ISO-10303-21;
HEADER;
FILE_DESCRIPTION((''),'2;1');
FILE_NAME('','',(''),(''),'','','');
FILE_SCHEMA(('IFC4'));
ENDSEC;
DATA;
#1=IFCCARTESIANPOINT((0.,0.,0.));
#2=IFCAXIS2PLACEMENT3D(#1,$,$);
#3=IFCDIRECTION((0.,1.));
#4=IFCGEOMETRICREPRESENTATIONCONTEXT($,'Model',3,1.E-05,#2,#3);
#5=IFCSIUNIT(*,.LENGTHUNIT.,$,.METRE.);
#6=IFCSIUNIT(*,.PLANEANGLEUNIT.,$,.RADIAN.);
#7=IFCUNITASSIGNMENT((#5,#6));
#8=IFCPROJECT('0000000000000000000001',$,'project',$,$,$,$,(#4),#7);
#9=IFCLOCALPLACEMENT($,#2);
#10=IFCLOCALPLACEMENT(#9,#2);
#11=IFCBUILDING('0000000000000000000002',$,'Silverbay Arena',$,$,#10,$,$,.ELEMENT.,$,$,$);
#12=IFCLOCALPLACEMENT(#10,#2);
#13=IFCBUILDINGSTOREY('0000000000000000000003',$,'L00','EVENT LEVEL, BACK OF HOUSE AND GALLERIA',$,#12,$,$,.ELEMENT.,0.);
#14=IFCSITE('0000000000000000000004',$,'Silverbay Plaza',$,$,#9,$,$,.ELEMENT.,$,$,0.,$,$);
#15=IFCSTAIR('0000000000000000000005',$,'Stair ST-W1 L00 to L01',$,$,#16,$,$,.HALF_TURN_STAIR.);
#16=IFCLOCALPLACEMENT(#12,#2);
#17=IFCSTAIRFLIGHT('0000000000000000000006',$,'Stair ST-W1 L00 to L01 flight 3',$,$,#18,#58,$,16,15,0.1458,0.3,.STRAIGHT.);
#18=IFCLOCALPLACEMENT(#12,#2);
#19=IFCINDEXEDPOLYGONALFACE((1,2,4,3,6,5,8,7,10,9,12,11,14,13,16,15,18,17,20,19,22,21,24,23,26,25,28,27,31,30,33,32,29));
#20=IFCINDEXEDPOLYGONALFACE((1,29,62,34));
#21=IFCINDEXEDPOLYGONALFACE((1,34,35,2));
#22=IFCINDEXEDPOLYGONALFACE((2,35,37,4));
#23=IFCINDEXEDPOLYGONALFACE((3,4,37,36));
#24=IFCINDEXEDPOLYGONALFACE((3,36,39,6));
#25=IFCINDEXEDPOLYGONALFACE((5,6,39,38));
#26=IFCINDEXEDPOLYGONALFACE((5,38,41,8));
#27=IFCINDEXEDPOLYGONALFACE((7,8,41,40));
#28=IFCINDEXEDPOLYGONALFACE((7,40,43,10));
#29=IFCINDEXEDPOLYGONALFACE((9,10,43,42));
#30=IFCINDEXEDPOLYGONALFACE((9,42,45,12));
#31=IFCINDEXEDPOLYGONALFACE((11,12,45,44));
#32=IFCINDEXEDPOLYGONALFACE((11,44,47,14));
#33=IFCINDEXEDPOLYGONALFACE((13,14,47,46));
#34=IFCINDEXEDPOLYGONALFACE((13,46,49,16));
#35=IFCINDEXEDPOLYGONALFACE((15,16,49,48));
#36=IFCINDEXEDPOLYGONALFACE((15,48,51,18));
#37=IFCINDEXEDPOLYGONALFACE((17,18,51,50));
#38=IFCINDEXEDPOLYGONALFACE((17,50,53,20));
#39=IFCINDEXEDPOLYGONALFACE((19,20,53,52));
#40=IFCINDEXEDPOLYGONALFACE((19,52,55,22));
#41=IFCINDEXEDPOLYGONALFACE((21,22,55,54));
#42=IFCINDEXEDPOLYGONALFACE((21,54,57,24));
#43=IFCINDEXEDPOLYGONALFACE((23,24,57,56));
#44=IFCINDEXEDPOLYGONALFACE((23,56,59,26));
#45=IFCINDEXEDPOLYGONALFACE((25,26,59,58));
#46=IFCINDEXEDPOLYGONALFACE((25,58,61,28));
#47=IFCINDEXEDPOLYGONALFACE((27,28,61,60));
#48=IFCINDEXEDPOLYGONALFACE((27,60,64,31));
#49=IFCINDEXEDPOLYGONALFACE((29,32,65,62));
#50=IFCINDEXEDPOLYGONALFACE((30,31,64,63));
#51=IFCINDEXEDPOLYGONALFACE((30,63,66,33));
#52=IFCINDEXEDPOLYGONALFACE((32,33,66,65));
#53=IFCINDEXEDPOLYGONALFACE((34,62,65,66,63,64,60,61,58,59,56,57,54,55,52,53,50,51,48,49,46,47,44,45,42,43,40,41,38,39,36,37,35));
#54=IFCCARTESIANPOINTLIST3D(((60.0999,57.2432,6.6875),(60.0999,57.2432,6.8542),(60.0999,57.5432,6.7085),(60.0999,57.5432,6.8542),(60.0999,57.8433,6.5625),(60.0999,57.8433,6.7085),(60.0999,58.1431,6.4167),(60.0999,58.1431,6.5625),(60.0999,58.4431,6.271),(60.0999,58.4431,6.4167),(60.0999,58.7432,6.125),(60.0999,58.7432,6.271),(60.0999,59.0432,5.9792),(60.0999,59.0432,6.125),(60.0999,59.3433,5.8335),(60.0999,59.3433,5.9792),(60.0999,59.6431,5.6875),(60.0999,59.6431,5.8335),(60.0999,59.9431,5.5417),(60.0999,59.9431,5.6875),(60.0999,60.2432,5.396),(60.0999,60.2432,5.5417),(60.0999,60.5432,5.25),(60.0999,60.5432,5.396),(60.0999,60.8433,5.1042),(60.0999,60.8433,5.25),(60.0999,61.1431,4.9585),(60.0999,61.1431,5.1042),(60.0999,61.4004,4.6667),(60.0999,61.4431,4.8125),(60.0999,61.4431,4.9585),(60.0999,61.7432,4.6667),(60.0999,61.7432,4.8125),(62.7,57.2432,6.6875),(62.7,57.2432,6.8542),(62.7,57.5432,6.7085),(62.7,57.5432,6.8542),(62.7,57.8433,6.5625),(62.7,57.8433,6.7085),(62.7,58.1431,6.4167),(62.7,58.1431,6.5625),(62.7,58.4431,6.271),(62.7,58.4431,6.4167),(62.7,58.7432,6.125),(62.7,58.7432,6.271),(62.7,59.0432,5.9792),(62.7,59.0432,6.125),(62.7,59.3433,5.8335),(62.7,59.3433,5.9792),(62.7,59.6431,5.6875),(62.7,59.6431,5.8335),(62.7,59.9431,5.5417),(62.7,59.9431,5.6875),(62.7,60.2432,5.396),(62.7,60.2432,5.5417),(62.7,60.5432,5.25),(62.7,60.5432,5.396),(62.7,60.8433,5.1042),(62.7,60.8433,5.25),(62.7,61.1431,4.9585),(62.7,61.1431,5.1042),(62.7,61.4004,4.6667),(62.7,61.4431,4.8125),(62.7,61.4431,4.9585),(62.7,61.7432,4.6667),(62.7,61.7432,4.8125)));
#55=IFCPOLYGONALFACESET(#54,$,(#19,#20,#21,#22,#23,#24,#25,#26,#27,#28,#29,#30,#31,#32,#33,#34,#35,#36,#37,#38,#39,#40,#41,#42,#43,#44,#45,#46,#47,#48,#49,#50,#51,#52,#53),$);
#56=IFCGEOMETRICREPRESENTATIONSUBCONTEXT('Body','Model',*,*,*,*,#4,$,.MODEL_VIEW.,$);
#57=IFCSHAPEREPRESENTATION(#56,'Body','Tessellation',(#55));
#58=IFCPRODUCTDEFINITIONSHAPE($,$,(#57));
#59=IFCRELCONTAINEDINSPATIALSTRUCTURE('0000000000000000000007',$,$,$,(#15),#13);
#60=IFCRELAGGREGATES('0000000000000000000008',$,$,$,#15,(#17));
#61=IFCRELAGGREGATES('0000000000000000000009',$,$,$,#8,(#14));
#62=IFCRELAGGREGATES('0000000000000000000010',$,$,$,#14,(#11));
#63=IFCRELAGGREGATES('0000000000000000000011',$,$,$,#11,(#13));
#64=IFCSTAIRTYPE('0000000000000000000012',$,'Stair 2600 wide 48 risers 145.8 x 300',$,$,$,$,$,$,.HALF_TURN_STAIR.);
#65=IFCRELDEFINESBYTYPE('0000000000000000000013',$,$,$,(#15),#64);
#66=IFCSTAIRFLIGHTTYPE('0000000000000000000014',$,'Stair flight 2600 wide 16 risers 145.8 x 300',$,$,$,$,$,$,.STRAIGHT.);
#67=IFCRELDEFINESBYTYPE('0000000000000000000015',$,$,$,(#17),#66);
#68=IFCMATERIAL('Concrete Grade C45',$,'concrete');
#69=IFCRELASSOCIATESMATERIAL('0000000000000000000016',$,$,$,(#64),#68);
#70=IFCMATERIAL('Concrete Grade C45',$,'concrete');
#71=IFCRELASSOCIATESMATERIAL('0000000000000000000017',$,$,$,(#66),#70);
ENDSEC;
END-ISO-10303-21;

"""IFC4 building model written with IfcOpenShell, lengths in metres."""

from ifc_helpers import new_model, si_unit, direction, frame, origin, place, context, subcontext, project, spatial, polyline, outline, extrude, material, type_object, element, aggregate, save


model = new_model("IFC4")

# Units and contexts
model_context = context("Model", 3, precision=1e-05, world=origin(), true_north=direction((0.0, 1.0)))
body_context = subcontext(model_context, "Body", "Model", "MODEL_VIEW")
ifc_project = project(units=[si_unit("LENGTHUNIT", "METRE"), si_unit("PLANEANGLEUNIT", "RADIAN")], contexts=[model_context])

# Site, building, storey
site_placement = place(None, origin())
site = spatial("IfcSite", under=ifc_project, at=site_placement, Name="Silverbay Plaza", CompositionType="ELEMENT", RefElevation=0.0)
building_placement = place(site_placement, origin())
building = spatial("IfcBuilding", under=site, at=building_placement, Name="Silverbay Arena", CompositionType="ELEMENT")
storey_placement = place(building_placement, origin())
storey = spatial("IfcBuildingStorey", under=building, at=storey_placement, Name="L00", Description="EVENT LEVEL, BACK OF HOUSE AND GALLERIA", CompositionType="ELEMENT", Elevation=0.0)

# Stair, stair flight
ifc_material_1 = material(Name="Concrete Grade C45", Category="concrete")
stair_type = type_object("IfcStairType", Name="Stair 2600 wide 48 risers 145.8 x 300", PredefinedType="HALF_TURN_STAIR", material=ifc_material_1)
stair_placement = place(storey_placement, origin())
stair = element("IfcStair", 1, at=stair_placement, inside=storey, type_object=stair_type, Name="Stair ST-W1 L00 to L01", PredefinedType="HALF_TURN_STAIR")
ifc_material_2 = material(Name="Concrete Grade C45", Category="concrete")
stair_flight_type = type_object("IfcStairFlightType", Name="Stair flight 2600 wide 16 risers 145.8 x 300", PredefinedType="STRAIGHT", material=ifc_material_2)
stair_flight_1_placement = place(storey_placement, frame((61.3999, 61.7432, 4.6667), z_axis=(0.0, 0.0, 1.0), x_axis=(0.0, -1.0, 0.0)))
stair_flight_1 = element("IfcStairFlight", 2, at=stair_flight_1_placement, type_object=stair_flight_type, Name="Stair ST-W1 L00 to L01 flight 3", NumberOfRisers=16, NumberOfTreads=15, PredefinedType="STRAIGHT", RiserHeight=0.1458, TreadLength=0.3, context=body_context, shape_type="SweptSolid", body=[
    extrude(outline(polyline([(0.0, 0.0), (0.0, 0.1458), (0.3, 0.1458), (0.3, 0.2917), (0.6001, 0.2917), (0.6001, 0.4375), (0.8999, 0.4375), (0.8999, 0.5833), (1.2, 0.5833), (1.2, 0.7292), (1.5, 0.7292), (1.5, 0.875), (1.8, 0.875), (1.8, 1.0208), (2.1001, 1.0208), (2.1001, 1.1667), (2.3999, 1.1667), (2.3999, 1.3125), (2.7, 1.3125), (2.7, 1.4583), (3.0, 1.4583), (3.0, 1.6042), (3.3, 1.6042), (3.3, 1.75), (3.6001, 1.75), (3.6001, 1.8958), (3.8999, 1.8958), (3.8999, 2.0417), (4.2, 2.0417), (4.2, 2.1875), (4.5, 2.1875), (4.5, 2.0208), (0.3428, 0.0), (0.0, 0.0)])), frame((0.0, 1.3, 0.0), z_axis=(0.0, -1.0, 0.0), x_axis=(1.0, 0.0, 0.0)), (0.0, 0.0, 1.0), 2.6001),
])
aggregate(stair, [stair_flight_1])

save(model, "model.ifc")
